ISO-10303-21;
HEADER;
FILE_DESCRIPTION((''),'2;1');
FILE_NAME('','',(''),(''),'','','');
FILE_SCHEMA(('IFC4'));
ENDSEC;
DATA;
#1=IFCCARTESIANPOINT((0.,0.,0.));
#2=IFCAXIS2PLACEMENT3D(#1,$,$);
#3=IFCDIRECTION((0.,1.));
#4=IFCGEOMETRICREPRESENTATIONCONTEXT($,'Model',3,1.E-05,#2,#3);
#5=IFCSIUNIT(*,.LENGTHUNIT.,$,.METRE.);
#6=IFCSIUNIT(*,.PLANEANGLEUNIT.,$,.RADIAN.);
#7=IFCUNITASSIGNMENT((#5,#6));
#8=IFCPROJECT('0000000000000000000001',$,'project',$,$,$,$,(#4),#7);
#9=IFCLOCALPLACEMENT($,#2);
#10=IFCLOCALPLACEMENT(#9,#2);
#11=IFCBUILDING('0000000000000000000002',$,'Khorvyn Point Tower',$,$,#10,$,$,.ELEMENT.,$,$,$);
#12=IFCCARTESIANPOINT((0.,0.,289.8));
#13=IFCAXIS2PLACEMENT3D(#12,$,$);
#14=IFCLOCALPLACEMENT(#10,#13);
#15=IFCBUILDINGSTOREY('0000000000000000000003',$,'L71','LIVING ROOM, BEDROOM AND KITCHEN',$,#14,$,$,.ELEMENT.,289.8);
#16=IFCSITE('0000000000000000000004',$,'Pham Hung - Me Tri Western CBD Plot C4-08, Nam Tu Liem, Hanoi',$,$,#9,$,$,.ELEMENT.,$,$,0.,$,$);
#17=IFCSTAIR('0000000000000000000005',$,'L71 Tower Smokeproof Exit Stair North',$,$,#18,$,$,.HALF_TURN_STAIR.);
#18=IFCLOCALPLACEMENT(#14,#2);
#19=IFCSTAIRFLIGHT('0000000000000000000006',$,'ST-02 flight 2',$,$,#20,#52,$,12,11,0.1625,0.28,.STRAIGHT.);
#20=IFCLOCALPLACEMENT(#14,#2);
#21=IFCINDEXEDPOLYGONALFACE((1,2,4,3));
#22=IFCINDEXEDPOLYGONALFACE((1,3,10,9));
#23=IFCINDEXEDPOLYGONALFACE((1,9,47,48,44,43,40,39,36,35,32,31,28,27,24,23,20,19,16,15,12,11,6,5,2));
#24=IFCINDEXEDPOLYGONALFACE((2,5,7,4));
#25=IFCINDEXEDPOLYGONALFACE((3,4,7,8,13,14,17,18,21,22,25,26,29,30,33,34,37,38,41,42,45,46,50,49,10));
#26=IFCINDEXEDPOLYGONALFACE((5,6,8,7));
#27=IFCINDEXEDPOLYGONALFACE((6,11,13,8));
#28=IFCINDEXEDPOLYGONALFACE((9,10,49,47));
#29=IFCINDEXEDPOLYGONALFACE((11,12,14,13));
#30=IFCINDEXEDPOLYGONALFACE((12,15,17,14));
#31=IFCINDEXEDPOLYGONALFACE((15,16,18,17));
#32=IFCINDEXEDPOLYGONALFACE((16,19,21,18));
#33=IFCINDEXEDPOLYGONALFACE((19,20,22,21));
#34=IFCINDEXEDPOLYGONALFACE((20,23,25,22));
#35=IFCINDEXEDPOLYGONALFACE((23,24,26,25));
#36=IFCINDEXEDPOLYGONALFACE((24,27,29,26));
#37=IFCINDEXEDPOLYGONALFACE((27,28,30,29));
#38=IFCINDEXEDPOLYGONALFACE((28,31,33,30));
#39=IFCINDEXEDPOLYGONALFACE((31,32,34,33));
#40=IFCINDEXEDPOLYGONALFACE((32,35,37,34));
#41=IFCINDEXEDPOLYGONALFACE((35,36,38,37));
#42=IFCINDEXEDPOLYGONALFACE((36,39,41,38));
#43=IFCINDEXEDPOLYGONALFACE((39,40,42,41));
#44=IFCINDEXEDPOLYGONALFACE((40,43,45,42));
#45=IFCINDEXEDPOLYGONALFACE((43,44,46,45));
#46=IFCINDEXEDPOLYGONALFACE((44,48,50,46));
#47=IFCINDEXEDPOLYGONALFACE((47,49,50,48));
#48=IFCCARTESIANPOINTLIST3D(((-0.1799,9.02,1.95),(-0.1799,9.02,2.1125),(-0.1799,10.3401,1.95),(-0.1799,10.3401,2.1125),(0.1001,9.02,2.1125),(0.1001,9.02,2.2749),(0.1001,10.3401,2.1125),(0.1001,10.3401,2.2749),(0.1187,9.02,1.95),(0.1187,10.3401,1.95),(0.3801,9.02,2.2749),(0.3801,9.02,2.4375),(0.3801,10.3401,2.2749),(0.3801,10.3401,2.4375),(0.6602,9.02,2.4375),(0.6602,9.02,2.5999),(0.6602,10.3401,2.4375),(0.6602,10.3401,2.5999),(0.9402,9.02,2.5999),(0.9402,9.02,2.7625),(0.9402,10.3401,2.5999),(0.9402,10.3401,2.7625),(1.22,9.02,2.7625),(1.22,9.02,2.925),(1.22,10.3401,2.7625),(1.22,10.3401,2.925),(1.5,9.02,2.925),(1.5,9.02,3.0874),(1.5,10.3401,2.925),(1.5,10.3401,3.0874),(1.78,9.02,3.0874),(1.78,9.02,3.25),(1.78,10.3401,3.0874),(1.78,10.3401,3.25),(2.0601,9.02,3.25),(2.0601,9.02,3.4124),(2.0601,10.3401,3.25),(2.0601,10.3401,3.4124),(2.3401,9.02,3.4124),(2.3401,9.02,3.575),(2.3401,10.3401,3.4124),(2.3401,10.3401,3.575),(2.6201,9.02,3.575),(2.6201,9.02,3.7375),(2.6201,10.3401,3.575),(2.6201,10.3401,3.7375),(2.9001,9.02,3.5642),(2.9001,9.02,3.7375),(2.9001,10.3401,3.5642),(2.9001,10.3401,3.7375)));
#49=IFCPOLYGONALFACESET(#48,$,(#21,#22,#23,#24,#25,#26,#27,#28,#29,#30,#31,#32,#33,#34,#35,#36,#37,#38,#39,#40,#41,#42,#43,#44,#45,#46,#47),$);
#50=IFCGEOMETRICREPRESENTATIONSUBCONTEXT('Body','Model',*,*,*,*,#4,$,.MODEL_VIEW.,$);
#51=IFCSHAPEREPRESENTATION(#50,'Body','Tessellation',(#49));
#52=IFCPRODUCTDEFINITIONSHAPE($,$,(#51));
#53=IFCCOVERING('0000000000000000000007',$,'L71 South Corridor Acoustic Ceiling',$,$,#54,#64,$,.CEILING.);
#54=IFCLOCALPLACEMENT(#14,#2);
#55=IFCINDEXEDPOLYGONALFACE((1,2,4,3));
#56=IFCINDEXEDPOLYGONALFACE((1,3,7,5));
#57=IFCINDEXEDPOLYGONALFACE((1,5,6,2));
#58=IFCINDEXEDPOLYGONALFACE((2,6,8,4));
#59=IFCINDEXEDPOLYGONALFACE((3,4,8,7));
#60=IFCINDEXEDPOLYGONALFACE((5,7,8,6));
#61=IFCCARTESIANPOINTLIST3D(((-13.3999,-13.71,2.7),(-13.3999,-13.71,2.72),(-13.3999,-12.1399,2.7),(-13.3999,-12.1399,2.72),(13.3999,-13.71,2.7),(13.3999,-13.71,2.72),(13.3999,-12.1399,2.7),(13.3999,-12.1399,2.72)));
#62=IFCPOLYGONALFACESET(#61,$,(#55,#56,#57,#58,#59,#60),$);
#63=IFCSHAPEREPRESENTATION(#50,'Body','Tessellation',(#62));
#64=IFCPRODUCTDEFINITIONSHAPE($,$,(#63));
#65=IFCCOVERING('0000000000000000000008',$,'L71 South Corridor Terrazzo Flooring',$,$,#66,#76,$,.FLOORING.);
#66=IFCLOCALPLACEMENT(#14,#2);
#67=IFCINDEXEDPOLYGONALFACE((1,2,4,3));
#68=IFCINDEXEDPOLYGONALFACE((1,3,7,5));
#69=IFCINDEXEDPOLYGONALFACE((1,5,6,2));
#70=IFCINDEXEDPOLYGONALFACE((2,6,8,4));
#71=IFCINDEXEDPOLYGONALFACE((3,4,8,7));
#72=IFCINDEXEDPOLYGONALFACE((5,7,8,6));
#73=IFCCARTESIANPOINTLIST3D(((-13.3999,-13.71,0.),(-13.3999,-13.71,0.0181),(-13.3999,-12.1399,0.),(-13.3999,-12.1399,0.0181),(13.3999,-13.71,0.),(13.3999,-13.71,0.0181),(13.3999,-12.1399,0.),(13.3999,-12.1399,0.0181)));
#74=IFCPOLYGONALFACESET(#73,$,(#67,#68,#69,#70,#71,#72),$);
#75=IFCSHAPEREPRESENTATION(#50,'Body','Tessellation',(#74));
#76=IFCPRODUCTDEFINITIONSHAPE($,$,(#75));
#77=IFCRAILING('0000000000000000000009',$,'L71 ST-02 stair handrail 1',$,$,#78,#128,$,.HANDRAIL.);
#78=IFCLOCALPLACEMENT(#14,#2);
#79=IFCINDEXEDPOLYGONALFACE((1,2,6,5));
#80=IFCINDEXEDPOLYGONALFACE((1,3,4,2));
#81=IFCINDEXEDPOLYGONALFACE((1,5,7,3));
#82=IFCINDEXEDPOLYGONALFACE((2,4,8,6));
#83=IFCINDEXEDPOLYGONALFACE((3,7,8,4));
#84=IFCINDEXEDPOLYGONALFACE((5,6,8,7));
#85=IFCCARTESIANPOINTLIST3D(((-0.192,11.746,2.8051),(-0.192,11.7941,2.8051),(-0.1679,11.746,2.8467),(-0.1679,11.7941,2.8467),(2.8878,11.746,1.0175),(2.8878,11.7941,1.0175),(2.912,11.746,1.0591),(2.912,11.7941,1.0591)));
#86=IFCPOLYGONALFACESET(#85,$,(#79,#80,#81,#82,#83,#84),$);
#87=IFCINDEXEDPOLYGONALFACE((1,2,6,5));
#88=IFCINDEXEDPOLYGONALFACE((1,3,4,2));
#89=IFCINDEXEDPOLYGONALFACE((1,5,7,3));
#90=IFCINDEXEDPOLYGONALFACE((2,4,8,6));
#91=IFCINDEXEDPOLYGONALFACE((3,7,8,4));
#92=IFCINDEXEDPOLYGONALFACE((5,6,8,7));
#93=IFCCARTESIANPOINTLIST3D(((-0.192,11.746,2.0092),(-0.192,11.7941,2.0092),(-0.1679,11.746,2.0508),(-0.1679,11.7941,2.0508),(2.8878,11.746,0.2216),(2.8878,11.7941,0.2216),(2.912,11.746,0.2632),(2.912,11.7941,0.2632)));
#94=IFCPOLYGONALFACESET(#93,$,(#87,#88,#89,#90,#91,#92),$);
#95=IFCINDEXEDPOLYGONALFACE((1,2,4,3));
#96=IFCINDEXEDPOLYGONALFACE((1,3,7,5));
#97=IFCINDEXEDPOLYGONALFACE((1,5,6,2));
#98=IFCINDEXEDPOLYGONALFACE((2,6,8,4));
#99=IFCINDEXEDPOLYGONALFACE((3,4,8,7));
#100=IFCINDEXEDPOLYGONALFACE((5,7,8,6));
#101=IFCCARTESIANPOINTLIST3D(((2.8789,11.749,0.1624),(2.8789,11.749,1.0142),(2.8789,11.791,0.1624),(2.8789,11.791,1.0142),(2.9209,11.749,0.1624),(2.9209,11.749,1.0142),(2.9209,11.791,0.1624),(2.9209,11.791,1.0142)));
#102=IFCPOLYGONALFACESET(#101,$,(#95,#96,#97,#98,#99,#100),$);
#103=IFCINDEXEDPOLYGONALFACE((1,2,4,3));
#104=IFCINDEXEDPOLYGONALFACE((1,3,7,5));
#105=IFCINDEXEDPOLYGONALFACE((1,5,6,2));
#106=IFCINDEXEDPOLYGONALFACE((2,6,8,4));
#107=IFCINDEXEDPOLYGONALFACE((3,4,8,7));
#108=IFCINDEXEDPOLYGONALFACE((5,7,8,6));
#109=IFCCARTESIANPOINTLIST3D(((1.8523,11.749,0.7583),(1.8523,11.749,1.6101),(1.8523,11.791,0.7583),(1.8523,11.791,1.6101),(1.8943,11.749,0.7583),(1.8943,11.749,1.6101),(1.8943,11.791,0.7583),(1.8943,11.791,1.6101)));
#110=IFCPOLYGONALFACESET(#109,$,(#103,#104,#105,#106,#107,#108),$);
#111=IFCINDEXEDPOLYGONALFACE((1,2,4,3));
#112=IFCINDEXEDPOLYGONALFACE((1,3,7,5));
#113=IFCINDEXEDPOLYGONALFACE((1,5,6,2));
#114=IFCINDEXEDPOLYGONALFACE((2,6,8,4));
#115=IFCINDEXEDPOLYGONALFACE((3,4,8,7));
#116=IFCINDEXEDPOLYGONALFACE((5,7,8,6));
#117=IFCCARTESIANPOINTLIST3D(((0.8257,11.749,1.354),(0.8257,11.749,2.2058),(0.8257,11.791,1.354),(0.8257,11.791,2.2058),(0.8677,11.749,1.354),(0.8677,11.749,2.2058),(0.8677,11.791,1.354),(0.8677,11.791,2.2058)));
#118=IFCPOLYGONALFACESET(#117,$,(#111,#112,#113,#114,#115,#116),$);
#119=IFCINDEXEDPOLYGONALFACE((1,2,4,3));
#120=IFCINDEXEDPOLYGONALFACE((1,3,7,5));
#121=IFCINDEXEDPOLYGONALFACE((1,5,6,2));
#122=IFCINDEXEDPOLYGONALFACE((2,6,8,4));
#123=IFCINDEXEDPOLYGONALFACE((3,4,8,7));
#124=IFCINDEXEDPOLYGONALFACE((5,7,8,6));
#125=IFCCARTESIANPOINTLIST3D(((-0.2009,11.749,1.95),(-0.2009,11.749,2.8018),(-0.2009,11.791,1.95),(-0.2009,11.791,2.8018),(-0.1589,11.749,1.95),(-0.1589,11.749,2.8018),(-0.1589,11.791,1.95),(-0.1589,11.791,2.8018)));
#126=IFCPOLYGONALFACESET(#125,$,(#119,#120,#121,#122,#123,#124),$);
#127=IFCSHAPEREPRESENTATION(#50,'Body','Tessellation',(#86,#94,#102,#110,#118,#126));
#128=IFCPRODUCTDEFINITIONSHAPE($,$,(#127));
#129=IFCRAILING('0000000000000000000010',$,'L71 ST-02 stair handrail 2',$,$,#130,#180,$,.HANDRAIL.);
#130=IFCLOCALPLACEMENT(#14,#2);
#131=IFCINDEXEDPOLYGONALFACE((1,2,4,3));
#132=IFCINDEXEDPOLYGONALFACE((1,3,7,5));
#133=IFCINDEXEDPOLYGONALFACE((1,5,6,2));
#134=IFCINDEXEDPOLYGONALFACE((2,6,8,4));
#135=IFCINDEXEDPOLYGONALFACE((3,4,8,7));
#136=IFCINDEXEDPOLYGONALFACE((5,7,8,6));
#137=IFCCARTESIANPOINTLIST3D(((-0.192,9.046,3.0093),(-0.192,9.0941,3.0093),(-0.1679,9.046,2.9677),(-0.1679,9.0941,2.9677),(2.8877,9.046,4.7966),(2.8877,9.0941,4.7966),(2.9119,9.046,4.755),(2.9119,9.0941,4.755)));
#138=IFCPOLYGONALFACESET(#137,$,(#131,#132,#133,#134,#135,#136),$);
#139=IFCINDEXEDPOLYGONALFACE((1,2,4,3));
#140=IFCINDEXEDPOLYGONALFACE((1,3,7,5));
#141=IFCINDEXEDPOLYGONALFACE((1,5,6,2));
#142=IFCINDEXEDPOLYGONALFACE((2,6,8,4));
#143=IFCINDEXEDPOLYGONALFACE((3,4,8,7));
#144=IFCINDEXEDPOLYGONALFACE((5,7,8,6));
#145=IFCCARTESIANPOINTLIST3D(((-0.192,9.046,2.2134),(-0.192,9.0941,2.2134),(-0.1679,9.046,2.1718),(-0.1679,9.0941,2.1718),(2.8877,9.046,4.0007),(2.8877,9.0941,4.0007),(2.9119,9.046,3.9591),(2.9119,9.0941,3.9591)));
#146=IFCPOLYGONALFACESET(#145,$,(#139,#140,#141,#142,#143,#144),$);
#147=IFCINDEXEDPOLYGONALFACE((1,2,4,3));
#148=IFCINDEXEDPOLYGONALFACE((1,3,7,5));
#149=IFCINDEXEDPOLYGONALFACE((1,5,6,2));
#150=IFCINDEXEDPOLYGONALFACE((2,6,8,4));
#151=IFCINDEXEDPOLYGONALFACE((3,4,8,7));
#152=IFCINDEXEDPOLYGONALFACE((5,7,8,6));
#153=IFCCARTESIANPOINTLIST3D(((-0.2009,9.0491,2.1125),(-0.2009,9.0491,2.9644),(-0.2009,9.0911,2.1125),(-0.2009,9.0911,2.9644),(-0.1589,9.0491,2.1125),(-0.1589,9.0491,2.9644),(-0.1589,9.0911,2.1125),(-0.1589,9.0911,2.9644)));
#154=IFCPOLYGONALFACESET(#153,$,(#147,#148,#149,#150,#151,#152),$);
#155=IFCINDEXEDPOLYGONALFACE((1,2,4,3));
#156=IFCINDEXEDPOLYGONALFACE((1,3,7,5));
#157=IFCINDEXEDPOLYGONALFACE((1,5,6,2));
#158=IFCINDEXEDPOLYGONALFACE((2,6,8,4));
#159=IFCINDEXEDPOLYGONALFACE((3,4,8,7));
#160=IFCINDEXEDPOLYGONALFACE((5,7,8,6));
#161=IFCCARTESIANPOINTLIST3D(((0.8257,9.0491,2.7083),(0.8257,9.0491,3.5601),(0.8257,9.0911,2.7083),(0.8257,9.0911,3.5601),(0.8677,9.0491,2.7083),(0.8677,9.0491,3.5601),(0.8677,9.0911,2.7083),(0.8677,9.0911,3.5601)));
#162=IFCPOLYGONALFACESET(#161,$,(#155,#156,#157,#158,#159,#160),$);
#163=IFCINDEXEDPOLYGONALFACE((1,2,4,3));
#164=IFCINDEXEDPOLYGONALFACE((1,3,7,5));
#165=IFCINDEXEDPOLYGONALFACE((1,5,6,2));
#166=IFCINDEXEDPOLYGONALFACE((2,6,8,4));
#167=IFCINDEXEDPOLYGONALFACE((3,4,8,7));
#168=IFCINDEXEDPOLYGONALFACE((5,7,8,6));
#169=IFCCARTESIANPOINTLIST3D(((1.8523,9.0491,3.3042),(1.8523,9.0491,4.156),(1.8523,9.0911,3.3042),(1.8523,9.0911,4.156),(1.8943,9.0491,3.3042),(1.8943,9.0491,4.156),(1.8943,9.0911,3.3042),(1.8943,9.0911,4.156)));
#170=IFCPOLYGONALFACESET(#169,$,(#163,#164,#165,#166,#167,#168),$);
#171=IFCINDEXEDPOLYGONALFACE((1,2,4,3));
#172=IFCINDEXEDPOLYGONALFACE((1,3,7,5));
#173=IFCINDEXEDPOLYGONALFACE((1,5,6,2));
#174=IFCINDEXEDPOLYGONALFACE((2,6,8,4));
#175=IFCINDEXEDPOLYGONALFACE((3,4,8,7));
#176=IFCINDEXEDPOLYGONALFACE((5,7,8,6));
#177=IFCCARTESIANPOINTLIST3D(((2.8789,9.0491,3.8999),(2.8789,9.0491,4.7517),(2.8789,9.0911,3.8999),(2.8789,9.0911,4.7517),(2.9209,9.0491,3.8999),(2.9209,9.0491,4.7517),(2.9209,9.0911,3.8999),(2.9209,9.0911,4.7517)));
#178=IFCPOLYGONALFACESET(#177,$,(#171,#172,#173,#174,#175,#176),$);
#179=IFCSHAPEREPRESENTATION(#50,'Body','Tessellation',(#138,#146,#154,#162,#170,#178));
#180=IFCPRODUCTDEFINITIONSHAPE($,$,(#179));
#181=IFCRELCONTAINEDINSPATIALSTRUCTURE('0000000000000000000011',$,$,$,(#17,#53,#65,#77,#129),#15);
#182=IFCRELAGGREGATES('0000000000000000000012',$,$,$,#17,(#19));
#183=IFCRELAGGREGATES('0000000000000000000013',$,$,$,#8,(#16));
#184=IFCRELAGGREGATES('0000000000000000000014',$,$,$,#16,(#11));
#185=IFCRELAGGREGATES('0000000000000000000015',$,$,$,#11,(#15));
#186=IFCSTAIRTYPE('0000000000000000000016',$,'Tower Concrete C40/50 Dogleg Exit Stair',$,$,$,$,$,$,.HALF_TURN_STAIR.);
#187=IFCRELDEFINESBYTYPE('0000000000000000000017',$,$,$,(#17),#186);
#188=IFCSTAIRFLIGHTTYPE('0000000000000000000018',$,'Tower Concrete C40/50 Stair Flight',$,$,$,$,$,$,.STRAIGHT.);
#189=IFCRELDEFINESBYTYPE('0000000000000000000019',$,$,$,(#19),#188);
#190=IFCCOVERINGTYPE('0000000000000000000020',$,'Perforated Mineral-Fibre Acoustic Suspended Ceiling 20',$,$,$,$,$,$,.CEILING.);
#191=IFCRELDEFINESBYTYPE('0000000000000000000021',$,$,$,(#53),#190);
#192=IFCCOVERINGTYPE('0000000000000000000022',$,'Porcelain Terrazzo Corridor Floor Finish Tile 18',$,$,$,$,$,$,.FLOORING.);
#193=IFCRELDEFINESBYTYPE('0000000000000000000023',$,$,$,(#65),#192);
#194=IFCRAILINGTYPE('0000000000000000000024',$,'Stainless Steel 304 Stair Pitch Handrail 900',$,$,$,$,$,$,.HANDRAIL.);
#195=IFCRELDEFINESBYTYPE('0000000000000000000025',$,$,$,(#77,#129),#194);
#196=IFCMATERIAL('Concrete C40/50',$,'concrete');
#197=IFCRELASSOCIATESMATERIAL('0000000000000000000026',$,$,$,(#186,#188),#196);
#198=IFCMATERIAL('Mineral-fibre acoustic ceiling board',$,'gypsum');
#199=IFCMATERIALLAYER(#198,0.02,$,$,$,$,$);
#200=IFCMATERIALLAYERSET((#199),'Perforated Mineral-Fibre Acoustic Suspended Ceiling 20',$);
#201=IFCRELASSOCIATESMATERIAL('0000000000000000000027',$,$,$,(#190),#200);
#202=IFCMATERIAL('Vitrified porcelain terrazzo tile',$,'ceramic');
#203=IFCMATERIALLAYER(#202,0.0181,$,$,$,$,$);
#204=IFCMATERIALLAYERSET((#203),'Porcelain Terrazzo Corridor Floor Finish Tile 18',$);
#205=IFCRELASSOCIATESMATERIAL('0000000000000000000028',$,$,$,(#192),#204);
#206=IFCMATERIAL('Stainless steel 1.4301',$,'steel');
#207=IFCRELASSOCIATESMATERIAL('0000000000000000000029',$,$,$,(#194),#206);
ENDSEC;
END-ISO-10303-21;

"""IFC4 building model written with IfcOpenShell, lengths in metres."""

from ifc_helpers import new_model, si_unit, direction, frame, origin, origin_2d, place, context, subcontext, project, spatial, polyline, rectangle, outline, extrude, material, layer, layer_set, type_object, element, aggregate, save


model = new_model("IFC4")

# Units and contexts
model_context = context("Model", 3, precision=1e-05, world=origin(), true_north=direction((0.0, 1.0)))
body_context = subcontext(model_context, "Body", "Model", "MODEL_VIEW")
ifc_project = project(units=[si_unit("LENGTHUNIT", "METRE"), si_unit("PLANEANGLEUNIT", "RADIAN")], contexts=[model_context])

# Site, building, storey
site_placement = place(None, origin())
site = spatial("IfcSite", under=ifc_project, at=site_placement, Name="Pham Hung - Me Tri Western CBD Plot C4-08, Nam Tu Liem, Hanoi", CompositionType="ELEMENT", RefElevation=0.0)
building_placement = place(site_placement, origin())
building = spatial("IfcBuilding", under=site, at=building_placement, Name="Khorvyn Point Tower", CompositionType="ELEMENT")
storey_placement = place(building_placement, frame((0.0, 0.0, 289.8)))
storey = spatial("IfcBuildingStorey", under=building, at=storey_placement, Name="L71", Description="LIVING ROOM, BEDROOM AND KITCHEN", CompositionType="ELEMENT", Elevation=289.8)

# Shared definitions
ifc_material_1 = material(Name="Concrete C40/50", Category="concrete")

# Stair
stair_type = type_object("IfcStairType", Name="Tower Concrete C40/50 Dogleg Exit Stair", PredefinedType="HALF_TURN_STAIR", material=ifc_material_1)
stair_1_placement = place(storey_placement, origin())
stair_1 = element("IfcStair", 1, at=stair_1_placement, inside=storey, type_object=stair_type, Name="L71 Tower Smokeproof Exit Stair North", PredefinedType="HALF_TURN_STAIR")

# Shared definitions
ifc_material_2 = material(Name="Stainless steel 1.4301", Category="steel")

# Stair flight
stair_flight_type = type_object("IfcStairFlightType", Name="Tower Concrete C40/50 Stair Flight", PredefinedType="STRAIGHT", material=ifc_material_1)
stair_flight_1_placement = place(storey_placement, frame((-0.1799, 9.6799, 1.95), z_axis=(0.0, 0.0, 1.0), x_axis=(1.0, 0.0, 0.0)))
stair_flight_1 = element("IfcStairFlight", 2, at=stair_flight_1_placement, type_object=stair_flight_type, Name="ST-02 flight 2", NumberOfRisers=12, NumberOfTreads=11, PredefinedType="STRAIGHT", RiserHeight=0.1625, TreadLength=0.28, context=body_context, shape_type="SweptSolid", body=[
    extrude(outline(polyline([(0.0, 0.0), (0.0, 0.1626), (0.28, 0.1626), (0.28, 0.325), (0.5601, 0.325), (0.5601, 0.4875), (0.8401, 0.4875), (0.8401, 0.6499), (1.1201, 0.6499), (1.1201, 0.8125), (1.3999, 0.8125), (1.3999, 0.9751), (1.6799, 0.9751), (1.6799, 1.1375), (1.96, 1.1375), (1.96, 1.3), (2.24, 1.3), (2.24, 1.4624), (2.52, 1.4624), (2.52, 1.625), (2.8, 1.625), (2.8, 1.7876), (3.0801, 1.7876), (3.0801, 1.95), (3.0801, 1.6143), (0.2986, 0.0), (0.0, 0.0)])), frame((0.0, 0.6602, 0.0), z_axis=(0.0, -1.0, 0.0), x_axis=(1.0, 0.0, 0.0)), (0.0, 0.0, 1.0), 1.3201),
])
aggregate(stair_1, [stair_flight_1])

# Coverings
ifc_material_3 = material(Name="Mineral-fibre acoustic ceiling board", Category="gypsum")
ifc_layer_1 = layer(ifc_material_3, 0.02)
ifc_layer_set_1 = layer_set([ifc_layer_1], Name="Perforated Mineral-Fibre Acoustic Suspended Ceiling 20")
covering_type_1 = type_object("IfcCoveringType", Name="Perforated Mineral-Fibre Acoustic Suspended Ceiling 20", PredefinedType="CEILING", material=ifc_layer_set_1)
covering_1_placement = place(storey_placement, frame((0.0, 0.0, 2.7)))
element("IfcCovering", 3, at=covering_1_placement, inside=storey, type_object=covering_type_1, Name="L71 South Corridor Acoustic Ceiling", PredefinedType="CEILING", context=body_context, shape_type="SweptSolid", body=[
    extrude(outline(polyline([(-13.3999, -13.71), (13.3999, -13.71), (13.3999, -12.1399), (-13.3999, -12.1399), (-13.3999, -13.71)])), origin(), (0.0, 0.0, 1.0), 0.02),
])
ifc_material_4 = material(Name="Vitrified porcelain terrazzo tile", Category="ceramic")
ifc_layer_2 = layer(ifc_material_4, 0.0181)
ifc_layer_set_2 = layer_set([ifc_layer_2], Name="Porcelain Terrazzo Corridor Floor Finish Tile 18")
covering_type_2 = type_object("IfcCoveringType", Name="Porcelain Terrazzo Corridor Floor Finish Tile 18", PredefinedType="FLOORING", material=ifc_layer_set_2)
covering_2_placement = place(storey_placement, origin())
element("IfcCovering", 4, at=covering_2_placement, inside=storey, type_object=covering_type_2, Name="L71 South Corridor Terrazzo Flooring", PredefinedType="FLOORING", context=body_context, shape_type="SweptSolid", body=[
    extrude(outline(polyline([(-13.3999, -13.71), (13.3999, -13.71), (13.3999, -12.1399), (-13.3999, -12.1399), (-13.3999, -13.71)])), origin(), (0.0, 0.0, 1.0), 0.0181),
])

# Railings
railing_type_1 = type_object("IfcRailingType", Name="Stainless Steel 304 Stair Pitch Handrail 900", PredefinedType="HANDRAIL", material=ifc_material_2)
railing_1_placement = place(storey_placement, frame((2.8999, 11.77, 0.1624)))
element("IfcRailing", 5, at=railing_1_placement, inside=storey, type_object=railing_type_1, Name="L71 ST-02 stair handrail 1", PredefinedType="HANDRAIL", context=body_context, shape_type="SweptSolid", body=[
    extrude(rectangle(XDim=0.0481, YDim=0.0481, at=origin_2d()), frame((0.0, 0.0, 0.876), z_axis=(-0.864873, 0.0, 0.50199), x_axis=(0.0, -1.0, 0.0)), (0.0, 0.0, 1.0), 3.561),
    extrude(rectangle(XDim=0.0481, YDim=0.0481, at=origin_2d()), frame((0.0, 0.0, 0.0801), z_axis=(-0.864873, 0.0, 0.50199), x_axis=(0.0, -1.0, 0.0)), (0.0, 0.0, 1.0), 3.561),
    extrude(rectangle(XDim=0.042, YDim=0.042, at=origin_2d()), origin(), (0.0, 0.0, 1.0), 0.8518),
    extrude(rectangle(XDim=0.042, YDim=0.042, at=origin_2d()), frame((-1.0266, 0.0, 0.5959)), (0.0, 0.0, 1.0), 0.8518),
    extrude(rectangle(XDim=0.042, YDim=0.042, at=origin_2d()), frame((-2.0532, 0.0, 1.1917)), (0.0, 0.0, 1.0), 0.8518),
    extrude(rectangle(XDim=0.042, YDim=0.042, at=origin_2d()), frame((-3.0798, 0.0, 1.7876)), (0.0, 0.0, 1.0), 0.8518),
])
railing_2_placement = place(storey_placement, frame((-0.1799, 9.0701, 2.1125)))
element("IfcRailing", 6, at=railing_2_placement, inside=storey, type_object=railing_type_1, Name="L71 ST-02 stair handrail 2", PredefinedType="HANDRAIL", context=body_context, shape_type="SweptSolid", body=[
    extrude(rectangle(XDim=0.0481, YDim=0.0481, at=origin_2d()), frame((0.0, 0.0, 0.876), z_axis=(0.864903, 0.0, 0.501939), x_axis=(0.0, 1.0, 0.0)), (0.0, 0.0, 1.0), 3.5608),
    extrude(rectangle(XDim=0.0481, YDim=0.0481, at=origin_2d()), frame((0.0, 0.0, 0.0801), z_axis=(0.864903, 0.0, 0.501939), x_axis=(0.0, 1.0, 0.0)), (0.0, 0.0, 1.0), 3.5608),
    extrude(rectangle(XDim=0.042, YDim=0.042, at=origin_2d()), origin(), (0.0, 0.0, 1.0), 0.8518),
    extrude(rectangle(XDim=0.042, YDim=0.042, at=origin_2d()), frame((1.0266, 0.0, 0.5957)), (0.0, 0.0, 1.0), 0.8518),
    extrude(rectangle(XDim=0.042, YDim=0.042, at=origin_2d()), frame((2.0532, 0.0, 1.1917)), (0.0, 0.0, 1.0), 0.8518),
    extrude(rectangle(XDim=0.042, YDim=0.042, at=origin_2d()), frame((3.0798, 0.0, 1.7874)), (0.0, 0.0, 1.0), 0.8518),
])

save(model, "model.ifc")
